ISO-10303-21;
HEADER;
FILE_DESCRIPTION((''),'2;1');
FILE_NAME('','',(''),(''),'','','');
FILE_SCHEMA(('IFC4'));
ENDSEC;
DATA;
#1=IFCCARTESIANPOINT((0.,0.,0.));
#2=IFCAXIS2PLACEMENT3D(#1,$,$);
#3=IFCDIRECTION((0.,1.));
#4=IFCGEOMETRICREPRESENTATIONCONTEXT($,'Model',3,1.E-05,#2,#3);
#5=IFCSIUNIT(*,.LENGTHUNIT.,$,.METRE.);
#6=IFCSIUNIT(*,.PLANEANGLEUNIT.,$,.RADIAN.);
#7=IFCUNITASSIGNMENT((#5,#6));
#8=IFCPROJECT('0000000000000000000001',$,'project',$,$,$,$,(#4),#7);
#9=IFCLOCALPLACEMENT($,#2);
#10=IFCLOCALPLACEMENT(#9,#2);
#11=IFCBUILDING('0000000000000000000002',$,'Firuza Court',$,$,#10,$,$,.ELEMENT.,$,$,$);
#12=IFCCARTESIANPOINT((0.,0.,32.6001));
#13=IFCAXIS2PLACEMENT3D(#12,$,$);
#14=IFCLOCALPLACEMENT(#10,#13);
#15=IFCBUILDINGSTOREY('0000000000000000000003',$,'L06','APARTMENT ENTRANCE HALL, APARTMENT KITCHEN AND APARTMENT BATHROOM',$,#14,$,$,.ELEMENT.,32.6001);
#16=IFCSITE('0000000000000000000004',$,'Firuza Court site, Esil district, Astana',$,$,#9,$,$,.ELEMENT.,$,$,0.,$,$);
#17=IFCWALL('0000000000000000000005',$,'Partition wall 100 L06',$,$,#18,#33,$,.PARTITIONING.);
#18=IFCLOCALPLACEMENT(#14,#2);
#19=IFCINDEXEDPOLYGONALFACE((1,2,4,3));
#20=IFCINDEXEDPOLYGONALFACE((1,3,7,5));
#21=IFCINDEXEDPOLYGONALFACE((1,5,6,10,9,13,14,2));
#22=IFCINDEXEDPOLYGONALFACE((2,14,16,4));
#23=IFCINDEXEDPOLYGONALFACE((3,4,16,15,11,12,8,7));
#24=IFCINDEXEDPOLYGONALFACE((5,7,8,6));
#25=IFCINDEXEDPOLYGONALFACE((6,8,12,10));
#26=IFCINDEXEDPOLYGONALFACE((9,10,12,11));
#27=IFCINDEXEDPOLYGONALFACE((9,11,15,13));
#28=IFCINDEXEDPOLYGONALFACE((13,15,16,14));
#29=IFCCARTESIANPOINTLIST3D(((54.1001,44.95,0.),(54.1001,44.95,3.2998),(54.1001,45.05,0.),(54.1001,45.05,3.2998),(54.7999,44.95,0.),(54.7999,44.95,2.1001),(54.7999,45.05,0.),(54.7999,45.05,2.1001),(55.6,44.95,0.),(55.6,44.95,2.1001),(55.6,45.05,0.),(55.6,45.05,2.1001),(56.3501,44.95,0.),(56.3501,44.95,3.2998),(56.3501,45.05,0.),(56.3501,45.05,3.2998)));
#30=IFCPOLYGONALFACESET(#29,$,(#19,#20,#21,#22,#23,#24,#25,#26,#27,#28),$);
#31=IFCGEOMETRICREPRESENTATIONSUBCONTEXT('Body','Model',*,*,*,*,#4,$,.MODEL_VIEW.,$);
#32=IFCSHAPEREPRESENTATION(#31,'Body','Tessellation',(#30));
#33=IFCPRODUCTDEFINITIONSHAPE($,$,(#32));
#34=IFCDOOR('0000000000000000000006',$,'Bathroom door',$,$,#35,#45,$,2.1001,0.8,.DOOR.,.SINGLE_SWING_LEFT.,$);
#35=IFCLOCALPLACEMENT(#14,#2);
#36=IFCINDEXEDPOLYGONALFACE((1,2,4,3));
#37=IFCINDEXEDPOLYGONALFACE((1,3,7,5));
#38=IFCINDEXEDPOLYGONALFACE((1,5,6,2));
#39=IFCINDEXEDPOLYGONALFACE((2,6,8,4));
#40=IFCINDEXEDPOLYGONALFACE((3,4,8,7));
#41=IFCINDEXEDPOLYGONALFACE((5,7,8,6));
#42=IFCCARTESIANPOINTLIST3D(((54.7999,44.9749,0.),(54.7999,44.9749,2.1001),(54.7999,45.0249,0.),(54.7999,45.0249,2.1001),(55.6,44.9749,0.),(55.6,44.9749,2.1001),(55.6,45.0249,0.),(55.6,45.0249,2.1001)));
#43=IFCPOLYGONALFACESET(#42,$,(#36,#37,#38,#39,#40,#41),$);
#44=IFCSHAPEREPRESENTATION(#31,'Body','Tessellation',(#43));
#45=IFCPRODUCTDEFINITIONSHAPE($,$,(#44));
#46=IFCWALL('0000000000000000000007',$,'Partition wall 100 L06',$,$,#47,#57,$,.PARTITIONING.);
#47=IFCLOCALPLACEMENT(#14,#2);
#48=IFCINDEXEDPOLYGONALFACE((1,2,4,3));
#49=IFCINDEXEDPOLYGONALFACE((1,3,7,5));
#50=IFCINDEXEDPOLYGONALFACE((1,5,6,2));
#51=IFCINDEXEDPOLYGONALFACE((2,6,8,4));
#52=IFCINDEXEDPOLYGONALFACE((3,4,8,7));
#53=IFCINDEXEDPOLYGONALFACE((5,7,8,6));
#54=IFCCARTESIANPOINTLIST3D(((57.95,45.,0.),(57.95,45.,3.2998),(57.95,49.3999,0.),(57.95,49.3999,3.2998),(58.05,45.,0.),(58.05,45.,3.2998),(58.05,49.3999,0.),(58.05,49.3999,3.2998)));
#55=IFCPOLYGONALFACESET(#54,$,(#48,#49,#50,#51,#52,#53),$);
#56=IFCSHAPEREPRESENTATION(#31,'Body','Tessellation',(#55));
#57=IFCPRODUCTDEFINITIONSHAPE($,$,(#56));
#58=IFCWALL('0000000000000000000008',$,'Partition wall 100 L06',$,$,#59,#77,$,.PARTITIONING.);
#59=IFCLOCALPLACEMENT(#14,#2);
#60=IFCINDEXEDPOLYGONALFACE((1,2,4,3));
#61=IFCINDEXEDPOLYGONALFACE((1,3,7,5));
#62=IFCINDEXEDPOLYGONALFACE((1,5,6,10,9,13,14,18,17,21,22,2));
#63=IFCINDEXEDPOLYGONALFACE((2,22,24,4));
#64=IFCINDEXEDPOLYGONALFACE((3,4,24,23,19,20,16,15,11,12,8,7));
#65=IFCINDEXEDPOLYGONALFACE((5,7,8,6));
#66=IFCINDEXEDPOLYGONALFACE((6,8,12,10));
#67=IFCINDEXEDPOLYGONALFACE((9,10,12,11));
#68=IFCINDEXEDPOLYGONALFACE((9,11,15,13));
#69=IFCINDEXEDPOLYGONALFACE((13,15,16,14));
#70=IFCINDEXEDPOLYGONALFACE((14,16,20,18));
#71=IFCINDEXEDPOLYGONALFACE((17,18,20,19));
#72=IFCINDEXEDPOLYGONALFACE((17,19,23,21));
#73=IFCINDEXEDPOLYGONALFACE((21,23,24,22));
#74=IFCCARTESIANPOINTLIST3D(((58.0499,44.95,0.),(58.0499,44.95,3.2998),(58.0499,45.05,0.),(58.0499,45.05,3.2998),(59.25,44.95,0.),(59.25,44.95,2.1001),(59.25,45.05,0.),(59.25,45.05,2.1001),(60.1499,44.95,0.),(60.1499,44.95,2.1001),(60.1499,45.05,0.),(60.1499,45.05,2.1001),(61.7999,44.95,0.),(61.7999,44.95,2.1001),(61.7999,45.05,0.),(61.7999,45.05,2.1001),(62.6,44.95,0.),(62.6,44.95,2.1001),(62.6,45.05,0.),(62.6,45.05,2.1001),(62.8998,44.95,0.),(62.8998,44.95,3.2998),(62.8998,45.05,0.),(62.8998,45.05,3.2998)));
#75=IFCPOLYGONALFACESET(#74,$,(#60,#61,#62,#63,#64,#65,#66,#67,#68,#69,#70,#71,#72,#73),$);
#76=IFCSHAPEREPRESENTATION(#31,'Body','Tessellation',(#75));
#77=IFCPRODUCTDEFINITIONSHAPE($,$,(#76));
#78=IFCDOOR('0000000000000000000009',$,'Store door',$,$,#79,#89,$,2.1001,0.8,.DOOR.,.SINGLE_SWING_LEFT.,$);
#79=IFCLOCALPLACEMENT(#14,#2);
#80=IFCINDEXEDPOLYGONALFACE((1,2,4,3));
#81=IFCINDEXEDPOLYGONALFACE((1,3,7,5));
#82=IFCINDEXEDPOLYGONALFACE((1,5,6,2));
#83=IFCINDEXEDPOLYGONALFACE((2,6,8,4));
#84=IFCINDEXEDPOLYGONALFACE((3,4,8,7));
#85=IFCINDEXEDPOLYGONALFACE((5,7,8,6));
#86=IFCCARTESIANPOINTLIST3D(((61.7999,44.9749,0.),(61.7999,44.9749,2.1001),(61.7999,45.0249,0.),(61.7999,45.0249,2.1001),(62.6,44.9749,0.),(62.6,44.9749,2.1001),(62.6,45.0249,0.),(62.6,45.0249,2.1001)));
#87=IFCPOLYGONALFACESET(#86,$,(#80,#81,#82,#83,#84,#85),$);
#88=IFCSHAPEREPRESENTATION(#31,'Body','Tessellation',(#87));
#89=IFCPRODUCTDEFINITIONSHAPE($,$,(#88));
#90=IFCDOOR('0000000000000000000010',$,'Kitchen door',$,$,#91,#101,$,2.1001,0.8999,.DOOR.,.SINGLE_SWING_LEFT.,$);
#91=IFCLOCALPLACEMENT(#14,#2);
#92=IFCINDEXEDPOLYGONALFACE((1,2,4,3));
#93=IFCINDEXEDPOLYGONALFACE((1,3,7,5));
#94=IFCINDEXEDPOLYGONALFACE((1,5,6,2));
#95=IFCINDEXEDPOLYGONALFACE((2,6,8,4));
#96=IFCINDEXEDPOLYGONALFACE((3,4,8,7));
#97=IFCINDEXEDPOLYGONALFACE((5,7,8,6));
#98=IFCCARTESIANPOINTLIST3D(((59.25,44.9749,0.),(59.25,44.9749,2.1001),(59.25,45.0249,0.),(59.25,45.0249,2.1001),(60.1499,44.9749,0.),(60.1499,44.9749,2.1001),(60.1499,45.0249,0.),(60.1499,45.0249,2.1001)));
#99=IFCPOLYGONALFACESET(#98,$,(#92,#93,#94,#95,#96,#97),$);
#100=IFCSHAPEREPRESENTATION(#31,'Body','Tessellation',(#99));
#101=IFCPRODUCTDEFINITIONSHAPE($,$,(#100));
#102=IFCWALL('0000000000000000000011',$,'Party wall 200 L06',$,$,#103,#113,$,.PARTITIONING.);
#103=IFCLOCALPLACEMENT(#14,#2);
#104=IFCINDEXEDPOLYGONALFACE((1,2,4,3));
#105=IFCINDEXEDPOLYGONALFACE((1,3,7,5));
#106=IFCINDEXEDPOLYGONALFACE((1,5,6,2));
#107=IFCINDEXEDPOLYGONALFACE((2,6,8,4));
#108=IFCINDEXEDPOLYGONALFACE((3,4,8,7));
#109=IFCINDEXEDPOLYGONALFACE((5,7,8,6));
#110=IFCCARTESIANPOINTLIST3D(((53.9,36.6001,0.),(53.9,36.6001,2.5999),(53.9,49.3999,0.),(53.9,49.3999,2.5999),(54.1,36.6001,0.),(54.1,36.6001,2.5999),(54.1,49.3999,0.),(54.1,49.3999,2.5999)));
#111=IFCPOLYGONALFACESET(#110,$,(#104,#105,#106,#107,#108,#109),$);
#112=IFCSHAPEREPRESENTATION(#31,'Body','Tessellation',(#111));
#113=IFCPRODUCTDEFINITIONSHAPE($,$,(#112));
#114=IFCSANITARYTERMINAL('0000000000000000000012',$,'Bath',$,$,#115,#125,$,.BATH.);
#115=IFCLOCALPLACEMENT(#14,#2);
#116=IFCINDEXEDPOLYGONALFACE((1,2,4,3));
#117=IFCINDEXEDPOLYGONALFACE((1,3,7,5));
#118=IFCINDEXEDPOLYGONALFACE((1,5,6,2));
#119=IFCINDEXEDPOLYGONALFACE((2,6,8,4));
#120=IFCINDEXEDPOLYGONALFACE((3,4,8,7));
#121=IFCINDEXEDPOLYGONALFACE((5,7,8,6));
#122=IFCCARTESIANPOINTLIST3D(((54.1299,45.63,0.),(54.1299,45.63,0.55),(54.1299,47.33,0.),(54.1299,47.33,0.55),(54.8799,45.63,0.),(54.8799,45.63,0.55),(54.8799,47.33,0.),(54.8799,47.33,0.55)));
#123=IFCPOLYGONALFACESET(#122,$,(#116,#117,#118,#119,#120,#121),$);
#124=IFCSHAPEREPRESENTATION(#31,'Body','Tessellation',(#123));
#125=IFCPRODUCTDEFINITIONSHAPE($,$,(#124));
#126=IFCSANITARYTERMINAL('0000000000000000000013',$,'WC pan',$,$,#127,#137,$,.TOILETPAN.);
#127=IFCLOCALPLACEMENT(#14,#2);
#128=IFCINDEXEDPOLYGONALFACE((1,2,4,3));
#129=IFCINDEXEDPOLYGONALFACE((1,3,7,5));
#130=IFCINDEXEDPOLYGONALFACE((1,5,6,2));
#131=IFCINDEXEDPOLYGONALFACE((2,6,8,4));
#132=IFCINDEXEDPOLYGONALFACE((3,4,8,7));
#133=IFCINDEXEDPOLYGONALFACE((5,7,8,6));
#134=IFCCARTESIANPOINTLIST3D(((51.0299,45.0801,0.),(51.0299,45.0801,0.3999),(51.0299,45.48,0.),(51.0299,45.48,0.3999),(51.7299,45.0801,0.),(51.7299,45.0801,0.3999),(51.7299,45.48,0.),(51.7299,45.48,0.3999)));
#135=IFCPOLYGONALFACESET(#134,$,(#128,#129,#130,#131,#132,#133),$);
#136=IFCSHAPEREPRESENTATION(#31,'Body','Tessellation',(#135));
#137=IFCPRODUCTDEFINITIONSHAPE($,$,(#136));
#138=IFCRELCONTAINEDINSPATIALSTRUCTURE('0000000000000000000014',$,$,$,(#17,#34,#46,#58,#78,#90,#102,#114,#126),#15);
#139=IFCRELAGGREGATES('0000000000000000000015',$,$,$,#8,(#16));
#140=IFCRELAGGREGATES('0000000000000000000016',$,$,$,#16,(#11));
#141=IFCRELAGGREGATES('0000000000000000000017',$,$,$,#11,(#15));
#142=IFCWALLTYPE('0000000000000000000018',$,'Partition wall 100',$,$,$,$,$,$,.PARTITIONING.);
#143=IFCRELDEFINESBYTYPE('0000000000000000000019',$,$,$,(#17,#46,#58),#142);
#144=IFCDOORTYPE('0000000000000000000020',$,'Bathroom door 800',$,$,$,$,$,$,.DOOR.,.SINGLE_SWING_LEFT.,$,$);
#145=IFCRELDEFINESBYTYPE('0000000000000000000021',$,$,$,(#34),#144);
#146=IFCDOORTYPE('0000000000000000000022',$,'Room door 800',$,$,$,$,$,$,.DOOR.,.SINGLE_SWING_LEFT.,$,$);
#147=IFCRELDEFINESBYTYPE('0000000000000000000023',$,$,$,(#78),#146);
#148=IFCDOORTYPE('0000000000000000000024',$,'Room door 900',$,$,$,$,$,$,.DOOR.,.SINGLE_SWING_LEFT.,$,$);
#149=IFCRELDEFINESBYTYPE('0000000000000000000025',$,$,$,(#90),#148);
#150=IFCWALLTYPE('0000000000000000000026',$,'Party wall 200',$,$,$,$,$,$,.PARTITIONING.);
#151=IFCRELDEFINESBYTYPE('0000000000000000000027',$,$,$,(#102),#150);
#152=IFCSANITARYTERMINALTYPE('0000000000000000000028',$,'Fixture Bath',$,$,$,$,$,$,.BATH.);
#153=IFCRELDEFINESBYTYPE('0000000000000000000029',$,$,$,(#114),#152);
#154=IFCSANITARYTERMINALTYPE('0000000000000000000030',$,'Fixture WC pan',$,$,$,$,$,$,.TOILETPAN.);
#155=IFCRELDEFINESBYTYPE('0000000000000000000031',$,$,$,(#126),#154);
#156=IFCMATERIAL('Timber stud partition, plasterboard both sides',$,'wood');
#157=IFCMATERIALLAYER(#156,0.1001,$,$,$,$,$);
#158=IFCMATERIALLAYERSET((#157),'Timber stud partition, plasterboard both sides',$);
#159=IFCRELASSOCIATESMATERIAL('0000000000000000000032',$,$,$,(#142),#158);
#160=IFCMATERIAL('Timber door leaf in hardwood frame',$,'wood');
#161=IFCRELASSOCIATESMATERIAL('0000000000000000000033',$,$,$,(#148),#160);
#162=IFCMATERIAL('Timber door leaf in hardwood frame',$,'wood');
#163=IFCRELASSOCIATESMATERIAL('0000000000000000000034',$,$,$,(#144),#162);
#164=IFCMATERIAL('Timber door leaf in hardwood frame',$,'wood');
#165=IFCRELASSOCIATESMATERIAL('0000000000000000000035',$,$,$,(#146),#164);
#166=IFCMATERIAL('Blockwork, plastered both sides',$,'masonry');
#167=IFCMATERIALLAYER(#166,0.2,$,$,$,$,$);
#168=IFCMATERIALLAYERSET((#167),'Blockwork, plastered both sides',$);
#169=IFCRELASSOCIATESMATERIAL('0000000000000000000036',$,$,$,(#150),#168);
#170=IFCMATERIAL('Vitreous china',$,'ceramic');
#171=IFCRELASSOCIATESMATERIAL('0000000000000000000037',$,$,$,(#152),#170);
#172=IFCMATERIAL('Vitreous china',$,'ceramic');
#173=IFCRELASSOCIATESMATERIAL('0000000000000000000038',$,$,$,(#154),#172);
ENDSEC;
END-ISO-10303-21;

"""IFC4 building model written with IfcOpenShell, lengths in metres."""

from ifc_helpers import new_model, si_unit, direction, frame, frame_2d, origin, origin_2d, place, context, subcontext, project, spatial, rectangle, extrude, material, layer, layer_set, type_object, element, fill, save


model = new_model("IFC4")

# Units and contexts
model_context = context("Model", 3, precision=1e-05, world=origin(), true_north=direction((0.0, 1.0)))
body_context = subcontext(model_context, "Body", "Model", "MODEL_VIEW")
ifc_project = project(units=[si_unit("LENGTHUNIT", "METRE"), si_unit("PLANEANGLEUNIT", "RADIAN")], contexts=[model_context])

# Site, building, storey
site_placement = place(None, origin())
site = spatial("IfcSite", under=ifc_project, at=site_placement, Name="Firuza Court site, Esil district, Astana", CompositionType="ELEMENT", RefElevation=0.0)
building_placement = place(site_placement, origin())
building = spatial("IfcBuilding", under=site, at=building_placement, Name="Firuza Court", CompositionType="ELEMENT")
storey_placement = place(building_placement, frame((0.0, 0.0, 32.6001)))
storey = spatial("IfcBuildingStorey", under=building, at=storey_placement, Name="L06", Description="APARTMENT ENTRANCE HALL, APARTMENT KITCHEN AND APARTMENT BATHROOM", CompositionType="ELEMENT", Elevation=32.6001)

# Shared definitions
ifc_material_1 = material(Name="Timber stud partition, plasterboard both sides", Category="wood")
ifc_layer_1 = layer(ifc_material_1, 0.1001)
ifc_layer_set_1 = layer_set([ifc_layer_1], Name="Timber stud partition, plasterboard both sides")
wall_type_1 = type_object("IfcWallType", Name="Partition wall 100", PredefinedType="PARTITIONING", material=ifc_layer_set_1)

# Shared definitions
ifc_material_2 = material(Name="Timber door leaf in hardwood frame", Category="wood")
door_type_1 = type_object("IfcDoorType", Name="Room door 900", OperationType="SINGLE_SWING_LEFT", PredefinedType="DOOR", material=ifc_material_2)

# Wall, opening, door
wall_1_placement = place(storey_placement, frame((54.1001, 45.0, 0.0), z_axis=(0.0, 0.0, 1.0), x_axis=(1.0, 0.0, 0.0)))
wall_1 = element("IfcWall", 1, at=wall_1_placement, inside=storey, type_object=wall_type_1, Name="Partition wall 100 L06", PredefinedType="PARTITIONING", context=body_context, shape_type="SweptSolid", body=[
    extrude(rectangle(XDim=2.25, YDim=0.1001, at=frame_2d((1.125, 0.0))), origin(), (0.0, 0.0, 1.0), 3.2998),
])
opening_1_placement = place(wall_1_placement, frame((0.7, 0.0, 0.0)))
opening_1 = element("IfcOpeningElement", 2, at=opening_1_placement, cuts=wall_1, PredefinedType="OPENING", context=body_context, shape_type="SweptSolid", body=[
    extrude(rectangle(XDim=0.8, YDim=2.1001, at=frame_2d((0.3999, 1.05))), frame((0.0, 0.062, 0.0), z_axis=(0.0, -1.0, 0.0), x_axis=(1.0, 0.0, 0.0)), (0.0, 0.0, 1.0), 0.124),
])
ifc_material_3 = material(Name="Timber door leaf in hardwood frame", Category="wood")
door_type_2 = type_object("IfcDoorType", Name="Bathroom door 800", OperationType="SINGLE_SWING_LEFT", PredefinedType="DOOR", material=ifc_material_3)
door_1_placement = place(opening_1_placement, origin())
door_1 = element("IfcDoor", 3, at=door_1_placement, inside=storey, type_object=door_type_2, Name="Bathroom door", OperationType="SINGLE_SWING_LEFT", OverallHeight=2.1001, OverallWidth=0.8, PredefinedType="DOOR", context=body_context, shape_type="SweptSolid", body=[
    extrude(rectangle(XDim=0.8, YDim=2.1001, at=frame_2d((0.3999, 1.05))), frame((0.0, 0.0249, 0.0), z_axis=(0.0, -1.0, 0.0), x_axis=(1.0, 0.0, 0.0)), (0.0, 0.0, 1.0), 0.05),
])
fill(opening_1, door_1)

# Wall
wall_2_placement = place(storey_placement, frame((58.0, 45.0, 0.0), z_axis=(0.0, 0.0, 1.0), x_axis=(0.0, 1.0, 0.0)))
element("IfcWall", 4, at=wall_2_placement, inside=storey, type_object=wall_type_1, Name="Partition wall 100 L06", PredefinedType="PARTITIONING", context=body_context, shape_type="SweptSolid", body=[
    extrude(rectangle(XDim=4.3999, YDim=0.1001, at=frame_2d((2.2, 0.0))), origin(), (0.0, 0.0, 1.0), 3.2998),
])

# Wall, openings, doors
wall_3_placement = place(storey_placement, frame((58.05, 45.0, 0.0), z_axis=(0.0, 0.0, 1.0), x_axis=(1.0, 0.0, 0.0)))
wall_3 = element("IfcWall", 5, at=wall_3_placement, inside=storey, type_object=wall_type_1, Name="Partition wall 100 L06", PredefinedType="PARTITIONING", context=body_context, shape_type="SweptSolid", body=[
    extrude(rectangle(XDim=4.8499, YDim=0.1001, at=frame_2d((2.4248, 0.0))), origin(), (0.0, 0.0, 1.0), 3.2998),
])
opening_2_placement = place(wall_3_placement, frame((1.2, 0.0, 0.0)))
opening_2 = element("IfcOpeningElement", 6, at=opening_2_placement, cuts=wall_3, PredefinedType="OPENING", context=body_context, shape_type="SweptSolid", body=[
    extrude(rectangle(XDim=0.8999, YDim=2.1001, at=frame_2d((0.45, 1.05))), frame((0.0, 0.062, 0.0), z_axis=(0.0, -1.0, 0.0), x_axis=(1.0, 0.0, 0.0)), (0.0, 0.0, 1.0), 0.124),
])
opening_3_placement = place(wall_3_placement, frame((3.75, 0.0, 0.0)))
opening_3 = element("IfcOpeningElement", 7, at=opening_3_placement, cuts=wall_3, PredefinedType="OPENING", context=body_context, shape_type="SweptSolid", body=[
    extrude(rectangle(XDim=0.8, YDim=2.1001, at=frame_2d((0.3999, 1.05))), frame((0.0, 0.062, 0.0), z_axis=(0.0, -1.0, 0.0), x_axis=(1.0, 0.0, 0.0)), (0.0, 0.0, 1.0), 0.124),
])
ifc_material_4 = material(Name="Timber door leaf in hardwood frame", Category="wood")
door_type_3 = type_object("IfcDoorType", Name="Room door 800", OperationType="SINGLE_SWING_LEFT", PredefinedType="DOOR", material=ifc_material_4)
door_2_placement = place(opening_3_placement, origin())
door_2 = element("IfcDoor", 8, at=door_2_placement, inside=storey, type_object=door_type_3, Name="Store door", OperationType="SINGLE_SWING_LEFT", OverallHeight=2.1001, OverallWidth=0.8, PredefinedType="DOOR", context=body_context, shape_type="SweptSolid", body=[
    extrude(rectangle(XDim=0.8, YDim=2.1001, at=frame_2d((0.3999, 1.05))), frame((0.0, 0.0249, 0.0), z_axis=(0.0, -1.0, 0.0), x_axis=(1.0, 0.0, 0.0)), (0.0, 0.0, 1.0), 0.05),
])
fill(opening_3, door_2)
door_3_placement = place(opening_2_placement, origin())
door_3 = element("IfcDoor", 9, at=door_3_placement, inside=storey, type_object=door_type_1, Name="Kitchen door", OperationType="SINGLE_SWING_LEFT", OverallHeight=2.1001, OverallWidth=0.8999, PredefinedType="DOOR", context=body_context, shape_type="SweptSolid", body=[
    extrude(rectangle(XDim=0.8999, YDim=2.1001, at=frame_2d((0.45, 1.05))), frame((0.0, 0.0249, 0.0), z_axis=(0.0, -1.0, 0.0), x_axis=(1.0, 0.0, 0.0)), (0.0, 0.0, 1.0), 0.05),
])
fill(opening_2, door_3)

# Wall
ifc_material_5 = material(Name="Blockwork, plastered both sides", Category="masonry")
ifc_layer_2 = layer(ifc_material_5, 0.2)
ifc_layer_set_2 = layer_set([ifc_layer_2], Name="Blockwork, plastered both sides")
wall_type_2 = type_object("IfcWallType", Name="Party wall 200", PredefinedType="PARTITIONING", material=ifc_layer_set_2)
wall_4_placement = place(storey_placement, frame((54.0, 36.6001, 0.0), z_axis=(0.0, 0.0, 1.0), x_axis=(0.0, 1.0, 0.0)))
element("IfcWall", 10, at=wall_4_placement, inside=storey, type_object=wall_type_2, Name="Party wall 200 L06", PredefinedType="PARTITIONING", context=body_context, shape_type="SweptSolid", body=[
    extrude(rectangle(XDim=12.7998, YDim=0.2, at=frame_2d((6.3999, 0.0))), origin(), (0.0, 0.0, 1.0), 2.5999),
])

# Sanitary terminals
ifc_material_6 = material(Name="Vitreous china", Category="ceramic")
sanitary_terminal_type_1 = type_object("IfcSanitaryTerminalType", Name="Fixture Bath", PredefinedType="BATH", material=ifc_material_6)
sanitary_terminal_1_placement = place(storey_placement, frame((54.5049, 46.48, 0.0), z_axis=(0.0, 0.0, 1.0), x_axis=(1.0, 0.0, 0.0)))
element("IfcSanitaryTerminal", 11, at=sanitary_terminal_1_placement, inside=storey, type_object=sanitary_terminal_type_1, Name="Bath", PredefinedType="BATH", context=body_context, shape_type="SweptSolid", body=[
    extrude(rectangle(XDim=0.75, YDim=1.7, at=origin_2d()), origin(), (0.0, 0.0, 1.0), 0.55),
])
ifc_material_7 = material(Name="Vitreous china", Category="ceramic")
sanitary_terminal_type_2 = type_object("IfcSanitaryTerminalType", Name="Fixture WC pan", PredefinedType="TOILETPAN", material=ifc_material_7)
sanitary_terminal_2_placement = place(storey_placement, frame((51.3799, 45.28, 0.0), z_axis=(0.0, 0.0, 1.0), x_axis=(1.0, 0.0, 0.0)))
element("IfcSanitaryTerminal", 12, at=sanitary_terminal_2_placement, inside=storey, type_object=sanitary_terminal_type_2, Name="WC pan", PredefinedType="TOILETPAN", context=body_context, shape_type="SweptSolid", body=[
    extrude(rectangle(XDim=0.7, YDim=0.3999, at=origin_2d()), origin(), (0.0, 0.0, 1.0), 0.3999),
])

save(model, "model.ifc")
